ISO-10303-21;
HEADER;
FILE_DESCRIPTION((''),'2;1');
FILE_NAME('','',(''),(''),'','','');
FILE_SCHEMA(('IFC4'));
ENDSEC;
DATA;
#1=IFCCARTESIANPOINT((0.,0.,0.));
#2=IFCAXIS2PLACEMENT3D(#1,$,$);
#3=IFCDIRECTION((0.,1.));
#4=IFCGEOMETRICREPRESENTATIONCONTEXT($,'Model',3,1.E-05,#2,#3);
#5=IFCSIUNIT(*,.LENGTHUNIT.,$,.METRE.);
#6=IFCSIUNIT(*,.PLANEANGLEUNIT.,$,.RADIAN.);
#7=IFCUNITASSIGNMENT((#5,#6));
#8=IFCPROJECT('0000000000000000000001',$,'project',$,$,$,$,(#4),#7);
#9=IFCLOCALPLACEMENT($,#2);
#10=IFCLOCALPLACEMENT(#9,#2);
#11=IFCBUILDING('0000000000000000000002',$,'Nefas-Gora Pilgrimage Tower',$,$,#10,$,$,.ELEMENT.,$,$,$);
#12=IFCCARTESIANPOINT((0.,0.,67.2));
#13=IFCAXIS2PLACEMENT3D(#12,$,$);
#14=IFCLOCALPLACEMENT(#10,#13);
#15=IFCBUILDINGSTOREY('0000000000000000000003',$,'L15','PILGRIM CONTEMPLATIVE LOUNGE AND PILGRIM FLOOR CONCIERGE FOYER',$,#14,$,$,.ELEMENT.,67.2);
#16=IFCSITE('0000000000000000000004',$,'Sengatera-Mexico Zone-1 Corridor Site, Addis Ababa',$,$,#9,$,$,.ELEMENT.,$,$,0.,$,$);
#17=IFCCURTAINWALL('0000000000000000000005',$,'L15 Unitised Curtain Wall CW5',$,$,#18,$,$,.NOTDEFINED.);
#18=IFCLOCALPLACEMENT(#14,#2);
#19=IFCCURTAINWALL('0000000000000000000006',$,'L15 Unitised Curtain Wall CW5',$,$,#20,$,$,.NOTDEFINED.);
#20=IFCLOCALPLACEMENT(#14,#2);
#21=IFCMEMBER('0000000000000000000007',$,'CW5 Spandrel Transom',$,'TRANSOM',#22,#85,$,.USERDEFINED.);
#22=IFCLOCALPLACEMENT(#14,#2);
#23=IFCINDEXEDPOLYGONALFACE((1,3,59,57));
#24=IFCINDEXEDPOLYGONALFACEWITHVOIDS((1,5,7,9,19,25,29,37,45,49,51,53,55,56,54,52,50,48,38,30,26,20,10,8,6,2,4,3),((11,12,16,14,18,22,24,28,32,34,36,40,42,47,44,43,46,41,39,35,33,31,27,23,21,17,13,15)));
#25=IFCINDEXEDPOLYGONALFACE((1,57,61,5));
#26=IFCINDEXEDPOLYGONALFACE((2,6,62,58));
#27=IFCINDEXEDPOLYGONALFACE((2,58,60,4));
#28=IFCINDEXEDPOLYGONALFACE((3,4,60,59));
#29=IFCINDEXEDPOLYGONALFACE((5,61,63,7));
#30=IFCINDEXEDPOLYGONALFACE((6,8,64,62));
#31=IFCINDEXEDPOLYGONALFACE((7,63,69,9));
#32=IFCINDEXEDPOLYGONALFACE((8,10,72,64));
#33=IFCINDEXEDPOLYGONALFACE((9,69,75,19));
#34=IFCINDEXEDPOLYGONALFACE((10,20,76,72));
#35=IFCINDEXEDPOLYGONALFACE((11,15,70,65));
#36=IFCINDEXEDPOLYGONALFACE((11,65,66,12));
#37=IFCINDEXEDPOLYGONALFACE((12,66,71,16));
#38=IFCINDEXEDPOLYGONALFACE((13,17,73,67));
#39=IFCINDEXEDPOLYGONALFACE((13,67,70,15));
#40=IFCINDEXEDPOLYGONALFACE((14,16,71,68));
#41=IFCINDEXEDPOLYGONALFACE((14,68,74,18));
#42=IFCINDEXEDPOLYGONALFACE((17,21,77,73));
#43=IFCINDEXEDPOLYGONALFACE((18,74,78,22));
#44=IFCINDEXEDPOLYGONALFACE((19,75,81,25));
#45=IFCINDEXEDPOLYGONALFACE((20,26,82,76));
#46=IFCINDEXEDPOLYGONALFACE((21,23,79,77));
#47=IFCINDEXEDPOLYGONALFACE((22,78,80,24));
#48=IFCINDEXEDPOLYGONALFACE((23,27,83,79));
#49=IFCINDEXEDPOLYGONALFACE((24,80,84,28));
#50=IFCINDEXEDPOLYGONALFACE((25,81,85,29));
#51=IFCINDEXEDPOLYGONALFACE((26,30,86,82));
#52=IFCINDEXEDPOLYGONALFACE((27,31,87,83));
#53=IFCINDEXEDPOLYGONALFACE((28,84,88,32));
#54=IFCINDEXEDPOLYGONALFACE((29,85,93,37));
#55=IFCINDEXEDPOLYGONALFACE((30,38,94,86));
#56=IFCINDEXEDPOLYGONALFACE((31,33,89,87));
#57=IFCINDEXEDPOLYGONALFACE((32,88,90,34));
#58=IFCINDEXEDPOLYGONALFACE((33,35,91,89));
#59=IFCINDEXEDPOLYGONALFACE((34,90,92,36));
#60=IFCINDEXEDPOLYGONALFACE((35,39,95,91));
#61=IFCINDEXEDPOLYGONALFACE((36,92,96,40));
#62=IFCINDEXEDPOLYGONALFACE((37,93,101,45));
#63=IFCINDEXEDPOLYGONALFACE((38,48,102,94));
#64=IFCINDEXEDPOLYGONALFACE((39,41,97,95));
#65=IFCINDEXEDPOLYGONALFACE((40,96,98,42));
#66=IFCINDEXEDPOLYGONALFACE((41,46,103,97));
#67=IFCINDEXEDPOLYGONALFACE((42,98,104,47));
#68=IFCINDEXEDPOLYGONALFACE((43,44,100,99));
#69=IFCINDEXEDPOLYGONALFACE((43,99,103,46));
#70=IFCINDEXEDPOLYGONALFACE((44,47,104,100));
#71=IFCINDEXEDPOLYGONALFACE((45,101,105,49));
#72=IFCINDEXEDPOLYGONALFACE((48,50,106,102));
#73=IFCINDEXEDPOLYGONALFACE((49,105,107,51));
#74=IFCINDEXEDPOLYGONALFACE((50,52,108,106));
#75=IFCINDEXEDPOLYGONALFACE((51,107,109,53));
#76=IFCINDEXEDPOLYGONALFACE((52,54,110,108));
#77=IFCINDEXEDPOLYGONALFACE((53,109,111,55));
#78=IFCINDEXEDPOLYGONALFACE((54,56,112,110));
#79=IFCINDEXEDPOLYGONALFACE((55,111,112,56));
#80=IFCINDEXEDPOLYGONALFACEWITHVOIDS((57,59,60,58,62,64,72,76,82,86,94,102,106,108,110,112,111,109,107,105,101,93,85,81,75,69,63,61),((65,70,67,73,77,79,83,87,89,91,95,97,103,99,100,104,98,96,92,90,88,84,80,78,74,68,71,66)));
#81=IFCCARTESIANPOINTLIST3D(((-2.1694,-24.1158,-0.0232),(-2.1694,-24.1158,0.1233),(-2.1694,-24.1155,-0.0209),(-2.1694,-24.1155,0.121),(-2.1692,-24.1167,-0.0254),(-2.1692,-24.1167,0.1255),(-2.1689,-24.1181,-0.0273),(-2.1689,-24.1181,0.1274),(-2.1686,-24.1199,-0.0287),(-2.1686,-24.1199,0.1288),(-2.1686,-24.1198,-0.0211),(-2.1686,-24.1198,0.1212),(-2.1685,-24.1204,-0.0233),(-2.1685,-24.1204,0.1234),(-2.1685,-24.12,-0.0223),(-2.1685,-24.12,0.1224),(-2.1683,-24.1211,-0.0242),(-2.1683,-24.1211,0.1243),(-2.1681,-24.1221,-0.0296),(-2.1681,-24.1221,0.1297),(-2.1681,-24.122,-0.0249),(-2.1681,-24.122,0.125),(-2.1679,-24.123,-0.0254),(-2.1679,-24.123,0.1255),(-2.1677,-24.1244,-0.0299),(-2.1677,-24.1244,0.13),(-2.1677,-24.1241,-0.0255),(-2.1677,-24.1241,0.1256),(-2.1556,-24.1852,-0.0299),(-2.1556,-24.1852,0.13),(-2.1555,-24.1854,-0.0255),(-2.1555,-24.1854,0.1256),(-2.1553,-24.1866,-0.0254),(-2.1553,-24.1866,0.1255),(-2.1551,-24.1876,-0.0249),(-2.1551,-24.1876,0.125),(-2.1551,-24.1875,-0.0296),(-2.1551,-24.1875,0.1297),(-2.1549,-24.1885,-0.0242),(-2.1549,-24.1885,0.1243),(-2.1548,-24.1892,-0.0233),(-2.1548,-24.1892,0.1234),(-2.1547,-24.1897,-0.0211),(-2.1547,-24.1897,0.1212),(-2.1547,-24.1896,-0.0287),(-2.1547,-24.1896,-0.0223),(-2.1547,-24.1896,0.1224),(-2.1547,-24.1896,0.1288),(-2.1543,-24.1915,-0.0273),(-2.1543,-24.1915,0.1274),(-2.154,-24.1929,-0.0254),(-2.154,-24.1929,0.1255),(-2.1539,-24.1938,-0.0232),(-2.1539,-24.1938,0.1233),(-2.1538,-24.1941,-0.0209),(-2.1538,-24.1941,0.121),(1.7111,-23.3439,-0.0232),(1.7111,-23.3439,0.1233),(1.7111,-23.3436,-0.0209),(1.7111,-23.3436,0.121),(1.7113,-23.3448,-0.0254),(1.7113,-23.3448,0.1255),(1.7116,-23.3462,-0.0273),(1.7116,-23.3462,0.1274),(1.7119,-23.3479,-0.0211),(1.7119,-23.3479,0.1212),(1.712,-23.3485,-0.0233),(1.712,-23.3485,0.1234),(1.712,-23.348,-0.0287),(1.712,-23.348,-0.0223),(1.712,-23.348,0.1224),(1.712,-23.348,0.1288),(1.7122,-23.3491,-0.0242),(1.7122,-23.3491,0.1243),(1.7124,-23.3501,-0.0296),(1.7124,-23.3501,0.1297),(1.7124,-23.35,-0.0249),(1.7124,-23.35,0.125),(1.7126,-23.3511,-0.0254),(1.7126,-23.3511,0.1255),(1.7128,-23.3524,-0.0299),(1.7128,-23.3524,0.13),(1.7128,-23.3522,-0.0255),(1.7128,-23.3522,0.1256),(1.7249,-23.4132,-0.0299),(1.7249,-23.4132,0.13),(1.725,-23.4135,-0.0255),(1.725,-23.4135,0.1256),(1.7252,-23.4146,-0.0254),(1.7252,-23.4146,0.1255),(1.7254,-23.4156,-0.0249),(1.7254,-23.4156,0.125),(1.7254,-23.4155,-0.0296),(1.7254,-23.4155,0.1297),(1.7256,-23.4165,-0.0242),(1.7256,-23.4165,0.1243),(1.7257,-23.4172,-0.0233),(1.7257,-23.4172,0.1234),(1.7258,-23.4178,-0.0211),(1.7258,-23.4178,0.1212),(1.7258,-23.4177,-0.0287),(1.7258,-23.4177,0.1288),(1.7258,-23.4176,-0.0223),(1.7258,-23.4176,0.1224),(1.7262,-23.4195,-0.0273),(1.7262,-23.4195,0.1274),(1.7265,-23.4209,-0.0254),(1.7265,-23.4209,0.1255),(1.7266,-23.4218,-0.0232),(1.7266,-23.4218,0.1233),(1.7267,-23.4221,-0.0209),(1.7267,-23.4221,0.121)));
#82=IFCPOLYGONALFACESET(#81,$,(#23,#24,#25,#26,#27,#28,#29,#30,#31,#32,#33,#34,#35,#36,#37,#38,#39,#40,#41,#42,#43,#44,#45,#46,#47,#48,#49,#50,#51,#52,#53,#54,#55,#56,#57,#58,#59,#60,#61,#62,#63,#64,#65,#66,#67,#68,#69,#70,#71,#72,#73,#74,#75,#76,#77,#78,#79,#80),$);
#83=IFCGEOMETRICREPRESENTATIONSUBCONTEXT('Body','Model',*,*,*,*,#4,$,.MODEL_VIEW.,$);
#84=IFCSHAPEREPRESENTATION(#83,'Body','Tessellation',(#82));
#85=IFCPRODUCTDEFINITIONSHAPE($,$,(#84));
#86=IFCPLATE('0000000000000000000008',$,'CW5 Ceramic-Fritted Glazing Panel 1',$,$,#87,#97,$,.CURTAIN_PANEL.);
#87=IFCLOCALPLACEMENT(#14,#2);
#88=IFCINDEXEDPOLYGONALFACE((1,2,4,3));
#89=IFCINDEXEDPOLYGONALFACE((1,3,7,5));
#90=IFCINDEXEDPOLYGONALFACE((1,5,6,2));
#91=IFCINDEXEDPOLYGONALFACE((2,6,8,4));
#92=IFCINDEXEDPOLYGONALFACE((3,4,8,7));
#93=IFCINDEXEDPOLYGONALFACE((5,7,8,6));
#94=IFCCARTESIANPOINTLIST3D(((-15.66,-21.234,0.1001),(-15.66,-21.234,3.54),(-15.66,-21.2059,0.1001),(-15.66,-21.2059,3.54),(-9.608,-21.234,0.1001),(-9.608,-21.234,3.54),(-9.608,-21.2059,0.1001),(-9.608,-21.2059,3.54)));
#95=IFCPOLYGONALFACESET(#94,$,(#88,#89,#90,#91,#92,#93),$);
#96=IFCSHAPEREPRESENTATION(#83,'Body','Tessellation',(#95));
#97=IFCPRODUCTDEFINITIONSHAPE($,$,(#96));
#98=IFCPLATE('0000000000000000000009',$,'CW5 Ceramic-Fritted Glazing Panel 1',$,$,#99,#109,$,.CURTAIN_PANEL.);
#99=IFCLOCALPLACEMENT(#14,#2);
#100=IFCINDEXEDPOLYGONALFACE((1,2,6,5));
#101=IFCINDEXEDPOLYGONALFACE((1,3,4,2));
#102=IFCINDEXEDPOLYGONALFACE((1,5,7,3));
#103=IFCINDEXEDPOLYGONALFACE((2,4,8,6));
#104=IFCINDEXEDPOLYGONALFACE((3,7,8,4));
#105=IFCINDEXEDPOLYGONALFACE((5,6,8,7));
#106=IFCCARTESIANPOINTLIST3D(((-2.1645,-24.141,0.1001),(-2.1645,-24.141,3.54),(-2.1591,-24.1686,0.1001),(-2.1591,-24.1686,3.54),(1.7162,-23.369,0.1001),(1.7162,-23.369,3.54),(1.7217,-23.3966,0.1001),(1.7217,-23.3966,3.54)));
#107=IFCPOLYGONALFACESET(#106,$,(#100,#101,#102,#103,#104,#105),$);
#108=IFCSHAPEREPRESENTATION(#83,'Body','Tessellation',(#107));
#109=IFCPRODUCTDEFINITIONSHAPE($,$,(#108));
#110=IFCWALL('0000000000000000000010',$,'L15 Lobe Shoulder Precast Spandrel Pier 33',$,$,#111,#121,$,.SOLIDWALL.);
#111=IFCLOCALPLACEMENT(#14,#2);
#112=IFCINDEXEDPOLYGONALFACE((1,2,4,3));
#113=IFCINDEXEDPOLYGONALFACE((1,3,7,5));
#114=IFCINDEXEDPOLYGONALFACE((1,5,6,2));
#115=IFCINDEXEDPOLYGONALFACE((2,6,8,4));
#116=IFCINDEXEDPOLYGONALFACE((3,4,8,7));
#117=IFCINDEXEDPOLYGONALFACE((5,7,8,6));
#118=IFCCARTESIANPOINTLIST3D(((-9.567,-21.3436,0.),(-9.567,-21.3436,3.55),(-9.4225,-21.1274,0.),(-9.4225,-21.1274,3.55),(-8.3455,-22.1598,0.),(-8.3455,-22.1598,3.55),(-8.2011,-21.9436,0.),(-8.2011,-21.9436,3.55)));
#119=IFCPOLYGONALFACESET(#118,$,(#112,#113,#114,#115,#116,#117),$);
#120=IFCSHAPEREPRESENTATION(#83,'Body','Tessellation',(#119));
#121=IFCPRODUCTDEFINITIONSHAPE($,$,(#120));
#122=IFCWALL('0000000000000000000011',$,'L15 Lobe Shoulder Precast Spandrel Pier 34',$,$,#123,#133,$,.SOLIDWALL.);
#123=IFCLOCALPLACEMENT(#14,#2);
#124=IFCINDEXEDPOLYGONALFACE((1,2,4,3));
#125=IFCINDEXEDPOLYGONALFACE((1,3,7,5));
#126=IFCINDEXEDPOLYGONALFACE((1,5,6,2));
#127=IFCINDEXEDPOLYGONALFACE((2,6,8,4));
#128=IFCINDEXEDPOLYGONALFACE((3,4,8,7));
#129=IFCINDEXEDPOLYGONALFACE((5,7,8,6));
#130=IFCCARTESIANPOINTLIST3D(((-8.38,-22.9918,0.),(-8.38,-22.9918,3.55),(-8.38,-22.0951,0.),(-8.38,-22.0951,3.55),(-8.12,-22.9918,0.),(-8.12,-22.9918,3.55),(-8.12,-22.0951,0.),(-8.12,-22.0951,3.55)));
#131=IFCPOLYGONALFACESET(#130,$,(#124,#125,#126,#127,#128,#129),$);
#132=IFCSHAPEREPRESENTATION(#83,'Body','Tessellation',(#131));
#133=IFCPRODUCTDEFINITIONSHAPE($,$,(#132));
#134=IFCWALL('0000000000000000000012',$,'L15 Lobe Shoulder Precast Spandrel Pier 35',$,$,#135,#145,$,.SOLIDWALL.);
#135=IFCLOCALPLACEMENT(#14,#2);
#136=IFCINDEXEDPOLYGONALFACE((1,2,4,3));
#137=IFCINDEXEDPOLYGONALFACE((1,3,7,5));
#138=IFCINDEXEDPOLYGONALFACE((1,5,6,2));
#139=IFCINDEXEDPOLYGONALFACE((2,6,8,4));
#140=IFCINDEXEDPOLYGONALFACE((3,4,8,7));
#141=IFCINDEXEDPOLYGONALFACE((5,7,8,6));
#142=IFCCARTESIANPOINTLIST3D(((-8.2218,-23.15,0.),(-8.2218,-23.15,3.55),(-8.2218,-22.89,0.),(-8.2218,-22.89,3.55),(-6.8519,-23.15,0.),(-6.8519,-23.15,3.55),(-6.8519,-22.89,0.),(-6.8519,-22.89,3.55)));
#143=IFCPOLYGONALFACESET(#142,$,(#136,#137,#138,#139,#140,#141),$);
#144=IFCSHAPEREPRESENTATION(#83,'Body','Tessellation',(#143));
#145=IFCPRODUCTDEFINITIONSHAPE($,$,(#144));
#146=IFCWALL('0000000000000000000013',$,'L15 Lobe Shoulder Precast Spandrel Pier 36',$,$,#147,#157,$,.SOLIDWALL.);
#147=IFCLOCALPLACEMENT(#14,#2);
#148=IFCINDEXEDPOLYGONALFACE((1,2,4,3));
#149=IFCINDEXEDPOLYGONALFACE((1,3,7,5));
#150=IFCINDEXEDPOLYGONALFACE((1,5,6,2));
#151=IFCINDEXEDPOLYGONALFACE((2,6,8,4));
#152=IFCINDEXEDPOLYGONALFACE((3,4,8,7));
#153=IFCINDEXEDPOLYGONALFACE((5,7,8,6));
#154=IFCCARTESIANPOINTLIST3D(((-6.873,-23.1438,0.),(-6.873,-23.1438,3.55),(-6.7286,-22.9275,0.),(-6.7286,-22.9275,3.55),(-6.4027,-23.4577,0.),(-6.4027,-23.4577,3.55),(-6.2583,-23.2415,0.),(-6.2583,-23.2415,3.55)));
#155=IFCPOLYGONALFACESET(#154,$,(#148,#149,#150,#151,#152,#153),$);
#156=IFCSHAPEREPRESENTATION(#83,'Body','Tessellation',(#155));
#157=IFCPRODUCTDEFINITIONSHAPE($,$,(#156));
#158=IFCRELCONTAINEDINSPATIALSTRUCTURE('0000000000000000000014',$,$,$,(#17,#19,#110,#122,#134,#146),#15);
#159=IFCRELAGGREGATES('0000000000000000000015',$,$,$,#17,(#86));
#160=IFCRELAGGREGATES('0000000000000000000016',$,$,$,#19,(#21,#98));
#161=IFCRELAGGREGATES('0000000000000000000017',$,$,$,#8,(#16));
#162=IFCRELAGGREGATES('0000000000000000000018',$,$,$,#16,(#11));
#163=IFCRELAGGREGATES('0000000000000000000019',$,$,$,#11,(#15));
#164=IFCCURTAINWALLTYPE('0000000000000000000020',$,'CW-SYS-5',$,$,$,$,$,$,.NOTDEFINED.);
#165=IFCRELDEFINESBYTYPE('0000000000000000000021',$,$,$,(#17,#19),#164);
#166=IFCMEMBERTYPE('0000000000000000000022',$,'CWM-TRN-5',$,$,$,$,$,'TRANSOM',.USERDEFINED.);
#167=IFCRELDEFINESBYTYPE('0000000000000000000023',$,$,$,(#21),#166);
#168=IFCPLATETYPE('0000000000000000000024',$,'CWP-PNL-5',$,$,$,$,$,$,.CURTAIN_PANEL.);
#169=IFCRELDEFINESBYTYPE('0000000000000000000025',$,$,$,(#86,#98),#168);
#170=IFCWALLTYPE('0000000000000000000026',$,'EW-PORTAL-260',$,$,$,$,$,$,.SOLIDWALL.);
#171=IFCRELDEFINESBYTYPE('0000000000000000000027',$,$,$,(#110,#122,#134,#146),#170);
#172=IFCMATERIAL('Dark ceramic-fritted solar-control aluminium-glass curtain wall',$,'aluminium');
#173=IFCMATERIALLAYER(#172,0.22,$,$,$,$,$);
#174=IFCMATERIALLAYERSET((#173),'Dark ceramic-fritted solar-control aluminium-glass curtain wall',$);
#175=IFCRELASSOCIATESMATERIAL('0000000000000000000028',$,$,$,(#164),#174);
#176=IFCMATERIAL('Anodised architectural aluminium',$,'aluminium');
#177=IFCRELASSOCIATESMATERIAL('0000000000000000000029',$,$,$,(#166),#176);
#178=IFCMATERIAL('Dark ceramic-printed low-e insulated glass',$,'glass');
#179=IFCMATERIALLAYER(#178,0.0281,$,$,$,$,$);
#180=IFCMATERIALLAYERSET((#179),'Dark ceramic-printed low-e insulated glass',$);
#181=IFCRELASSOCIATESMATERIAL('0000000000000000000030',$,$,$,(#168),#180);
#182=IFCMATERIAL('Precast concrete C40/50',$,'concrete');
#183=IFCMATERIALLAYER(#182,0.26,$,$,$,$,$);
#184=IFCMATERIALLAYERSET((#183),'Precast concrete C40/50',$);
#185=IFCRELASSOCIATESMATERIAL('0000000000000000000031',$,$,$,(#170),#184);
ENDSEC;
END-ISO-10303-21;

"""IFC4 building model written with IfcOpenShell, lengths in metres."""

from ifc_helpers import new_model, si_unit, direction, frame, frame_2d, origin, origin_2d, place, context, subcontext, project, spatial, rectangle, hollow_rectangle, extrude, source, transform, mapped, material, layer, layer_set, material_profile, profile_set, type_object, element, aggregate, save


model = new_model("IFC4")

# Units and contexts
model_context = context("Model", 3, precision=1e-05, world=origin(), true_north=direction((0.0, 1.0)))
body_context = subcontext(model_context, "Body", "Model", "MODEL_VIEW")
ifc_project = project(units=[si_unit("LENGTHUNIT", "METRE"), si_unit("PLANEANGLEUNIT", "RADIAN")], contexts=[model_context])

# Site, building, storey
site_placement = place(None, origin())
site = spatial("IfcSite", under=ifc_project, at=site_placement, Name="Sengatera-Mexico Zone-1 Corridor Site, Addis Ababa", CompositionType="ELEMENT", RefElevation=0.0)
building_placement = place(site_placement, origin())
building = spatial("IfcBuilding", under=site, at=building_placement, Name="Nefas-Gora Pilgrimage Tower", CompositionType="ELEMENT")
storey_placement = place(building_placement, frame((0.0, 0.0, 67.2)))
storey = spatial("IfcBuildingStorey", under=building, at=storey_placement, Name="L15", Description="PILGRIM CONTEMPLATIVE LOUNGE AND PILGRIM FLOOR CONCIERGE FOYER", CompositionType="ELEMENT", Elevation=67.2)

# Curtain wall
ifc_material_1 = material(Name="Dark ceramic-fritted solar-control aluminium-glass curtain wall", Category="aluminium")
ifc_layer_1 = layer(ifc_material_1, 0.22)
ifc_layer_set_1 = layer_set([ifc_layer_1], Name="Dark ceramic-fritted solar-control aluminium-glass curtain wall")
curtain_wall_type = type_object("IfcCurtainWallType", Name="CW-SYS-5", PredefinedType="NOTDEFINED", material=ifc_layer_set_1)
curtain_wall_1_placement = place(storey_placement, origin())
curtain_wall_1 = element("IfcCurtainWall", 1, at=curtain_wall_1_placement, inside=storey, type_object=curtain_wall_type, Name="L15 Unitised Curtain Wall CW5", PredefinedType="NOTDEFINED")
ifc_material_2 = material(Name="Anodised architectural aluminium", Category="aluminium")

# Curtain wall, member
curtain_wall_2_placement = place(storey_placement, origin())
curtain_wall_2 = element("IfcCurtainWall", 2, at=curtain_wall_2_placement, inside=storey, type_object=curtain_wall_type, Name="L15 Unitised Curtain Wall CW5", PredefinedType="NOTDEFINED")
ifc_material_profile_1 = material_profile(ifc_material_2, hollow_rectangle(XDim=0.0801, YDim=0.1599, WallThickness=0.0044, InnerFilletRadius=0.0044, OuterFilletRadius=0.009, at=origin_2d()), Name="ALU TRANSOM 80x160")
ifc_profile_set_1 = profile_set([ifc_material_profile_1], Name="Anodised architectural aluminium")
member_type_1 = type_object("IfcMemberType", Name="CWM-TRN-5", ElementType="TRANSOM", PredefinedType="USERDEFINED", material=ifc_profile_set_1)
shared_shape_1 = source(origin(), body_context, "Body", "SweptSolid", [
    extrude(hollow_rectangle(XDim=0.0801, YDim=0.1599, WallThickness=0.0044, InnerFilletRadius=0.0044, OuterFilletRadius=0.009, at=origin_2d()), origin(), (0.0, 0.0, 1.0), 3.9565),
])
member_1_placement = place(storey_placement, frame((-2.1616, -24.1548, 0.05), z_axis=(0.980782, 0.195107, 0.0), x_axis=(-0.195107, 0.980782, 0.0)))
member_1 = element("IfcMember", 3, at=member_1_placement, type_object=member_type_1, Name="CW5 Spandrel Transom", ObjectType="TRANSOM", PredefinedType="USERDEFINED", context=body_context, shape_type="MappedRepresentation", body=[
    mapped(shared_shape_1, transform((0.0, 0.0, 0.0), x_axis=(1.0, 0.0, 0.0), y_axis=(0.0, 1.0, 0.0), z_axis=(0.0, 0.0, 1.0), scale=1.0)),
])

# Plates
ifc_material_3 = material(Name="Dark ceramic-printed low-e insulated glass", Category="glass")
ifc_layer_2 = layer(ifc_material_3, 0.0281)
ifc_layer_set_2 = layer_set([ifc_layer_2], Name="Dark ceramic-printed low-e insulated glass")
plate_type = type_object("IfcPlateType", Name="CWP-PNL-5", PredefinedType="CURTAIN_PANEL", material=ifc_layer_set_2)
shared_shape_2 = source(origin(), body_context, "Body", "SweptSolid", [
    extrude(rectangle(XDim=6.052, YDim=0.0281, at=origin_2d()), origin(), (0.0, 0.0, 1.0), 3.4399),
])
plate_1_placement = place(storey_placement, frame((-12.634, -21.22, 0.1001), z_axis=(0.0, 0.0, 1.0), x_axis=(1.0, 0.0, 0.0)))
plate_1 = element("IfcPlate", 4, at=plate_1_placement, type_object=plate_type, Name="CW5 Ceramic-Fritted Glazing Panel 1", PredefinedType="CURTAIN_PANEL", context=body_context, shape_type="MappedRepresentation", body=[
    mapped(shared_shape_2, transform((0.0, 0.0, 0.0), x_axis=(1.0, 0.0, 0.0), y_axis=(0.0, 1.0, 0.0), z_axis=(0.0, 0.0, 1.0), scale=1.0)),
])
aggregate(curtain_wall_1, [plate_1])
shared_shape_3 = source(origin(), body_context, "Body", "SweptSolid", [
    extrude(rectangle(XDim=3.9568, YDim=0.0281, at=origin_2d()), origin(), (0.0, 0.0, 1.0), 3.4399),
])
plate_2_placement = place(storey_placement, frame((-0.2214, -23.7688, 0.1001), z_axis=(0.0, 0.0, 1.0), x_axis=(0.980783, 0.195102, 0.0)))
plate_2 = element("IfcPlate", 5, at=plate_2_placement, type_object=plate_type, Name="CW5 Ceramic-Fritted Glazing Panel 1", PredefinedType="CURTAIN_PANEL", context=body_context, shape_type="MappedRepresentation", body=[
    mapped(shared_shape_3, transform((0.0, 0.0, 0.0), x_axis=(1.0, 0.0, 0.0), y_axis=(0.0, 1.0, 0.0), z_axis=(0.0, 0.0, 1.0), scale=1.0)),
])
aggregate(curtain_wall_2, [member_1, plate_2])

# Walls
ifc_material_4 = material(Name="Precast concrete C40/50", Category="concrete")
ifc_layer_3 = layer(ifc_material_4, 0.26)
ifc_layer_set_3 = layer_set([ifc_layer_3], Name="Precast concrete C40/50")
wall_type_1 = type_object("IfcWallType", Name="EW-PORTAL-260", PredefinedType="SOLIDWALL", material=ifc_layer_set_3)
shared_shape_4 = source(origin(), body_context, "Body", "SweptSolid", [
    extrude(rectangle(XDim=1.469, YDim=0.26, at=frame_2d((0.7344, 0.0))), origin(), (0.0, 0.0, 1.0), 3.55),
])
wall_1_placement = place(storey_placement, frame((-9.4946, -21.2356, 0.0), z_axis=(0.0, 0.0, 1.0), x_axis=(0.831462, -0.555582, 0.0)))
element("IfcWall", 6, at=wall_1_placement, inside=storey, type_object=wall_type_1, Name="L15 Lobe Shoulder Precast Spandrel Pier 33", PredefinedType="SOLIDWALL", context=body_context, shape_type="MappedRepresentation", body=[
    mapped(shared_shape_4, transform((0.0, 0.0, 0.0), x_axis=(1.0, 0.0, 0.0), y_axis=(0.0, 1.0, 0.0), z_axis=(0.0, 0.0, 1.0), scale=1.0)),
])
shared_shape_5 = source(origin(), body_context, "Body", "SweptSolid", [
    extrude(rectangle(XDim=0.8967, YDim=0.26, at=frame_2d((0.4482, 0.0))), origin(), (0.0, 0.0, 1.0), 3.55),
])
wall_2_placement = place(storey_placement, frame((-8.25, -22.0952, 0.0), z_axis=(0.0, 0.0, 1.0), x_axis=(0.0, -1.0, 0.0)))
element("IfcWall", 7, at=wall_2_placement, inside=storey, type_object=wall_type_1, Name="L15 Lobe Shoulder Precast Spandrel Pier 34", PredefinedType="SOLIDWALL", context=body_context, shape_type="MappedRepresentation", body=[
    mapped(shared_shape_5, transform((0.0, 0.0, 0.0), x_axis=(1.0, 0.0, 0.0), y_axis=(0.0, 1.0, 0.0), z_axis=(0.0, 0.0, 1.0), scale=1.0)),
])
shared_shape_6 = source(origin(), body_context, "Body", "SweptSolid", [
    extrude(rectangle(XDim=1.3699, YDim=0.26, at=frame_2d((0.6851, 0.0))), origin(), (0.0, 0.0, 1.0), 3.55),
])
wall_3_placement = place(storey_placement, frame((-8.2219, -23.02, 0.0), z_axis=(0.0, 0.0, 1.0), x_axis=(1.0, 0.0, 0.0)))
element("IfcWall", 8, at=wall_3_placement, inside=storey, type_object=wall_type_1, Name="L15 Lobe Shoulder Precast Spandrel Pier 35", PredefinedType="SOLIDWALL", context=body_context, shape_type="MappedRepresentation", body=[
    mapped(shared_shape_6, transform((0.0, 0.0, 0.0), x_axis=(1.0, 0.0, 0.0), y_axis=(0.0, 1.0, 0.0), z_axis=(0.0, 0.0, 1.0), scale=1.0)),
])
shared_shape_7 = source(origin(), body_context, "Body", "SweptSolid", [
    extrude(rectangle(XDim=0.5654, YDim=0.26, at=frame_2d((0.2827, 0.0))), origin(), (0.0, 0.0, 1.0), 3.55),
])
wall_4_placement = place(storey_placement, frame((-6.8008, -23.0356, 0.0), z_axis=(0.0, 0.0, 1.0), x_axis=(0.831651, -0.555298, 0.0)))
element("IfcWall", 9, at=wall_4_placement, inside=storey, type_object=wall_type_1, Name="L15 Lobe Shoulder Precast Spandrel Pier 36", PredefinedType="SOLIDWALL", context=body_context, shape_type="MappedRepresentation", body=[
    mapped(shared_shape_7, transform((0.0, 0.0, 0.0), x_axis=(1.0, 0.0, 0.0), y_axis=(0.0, 1.0, 0.0), z_axis=(0.0, 0.0, 1.0), scale=1.0)),
])

save(model, "model.ifc")
